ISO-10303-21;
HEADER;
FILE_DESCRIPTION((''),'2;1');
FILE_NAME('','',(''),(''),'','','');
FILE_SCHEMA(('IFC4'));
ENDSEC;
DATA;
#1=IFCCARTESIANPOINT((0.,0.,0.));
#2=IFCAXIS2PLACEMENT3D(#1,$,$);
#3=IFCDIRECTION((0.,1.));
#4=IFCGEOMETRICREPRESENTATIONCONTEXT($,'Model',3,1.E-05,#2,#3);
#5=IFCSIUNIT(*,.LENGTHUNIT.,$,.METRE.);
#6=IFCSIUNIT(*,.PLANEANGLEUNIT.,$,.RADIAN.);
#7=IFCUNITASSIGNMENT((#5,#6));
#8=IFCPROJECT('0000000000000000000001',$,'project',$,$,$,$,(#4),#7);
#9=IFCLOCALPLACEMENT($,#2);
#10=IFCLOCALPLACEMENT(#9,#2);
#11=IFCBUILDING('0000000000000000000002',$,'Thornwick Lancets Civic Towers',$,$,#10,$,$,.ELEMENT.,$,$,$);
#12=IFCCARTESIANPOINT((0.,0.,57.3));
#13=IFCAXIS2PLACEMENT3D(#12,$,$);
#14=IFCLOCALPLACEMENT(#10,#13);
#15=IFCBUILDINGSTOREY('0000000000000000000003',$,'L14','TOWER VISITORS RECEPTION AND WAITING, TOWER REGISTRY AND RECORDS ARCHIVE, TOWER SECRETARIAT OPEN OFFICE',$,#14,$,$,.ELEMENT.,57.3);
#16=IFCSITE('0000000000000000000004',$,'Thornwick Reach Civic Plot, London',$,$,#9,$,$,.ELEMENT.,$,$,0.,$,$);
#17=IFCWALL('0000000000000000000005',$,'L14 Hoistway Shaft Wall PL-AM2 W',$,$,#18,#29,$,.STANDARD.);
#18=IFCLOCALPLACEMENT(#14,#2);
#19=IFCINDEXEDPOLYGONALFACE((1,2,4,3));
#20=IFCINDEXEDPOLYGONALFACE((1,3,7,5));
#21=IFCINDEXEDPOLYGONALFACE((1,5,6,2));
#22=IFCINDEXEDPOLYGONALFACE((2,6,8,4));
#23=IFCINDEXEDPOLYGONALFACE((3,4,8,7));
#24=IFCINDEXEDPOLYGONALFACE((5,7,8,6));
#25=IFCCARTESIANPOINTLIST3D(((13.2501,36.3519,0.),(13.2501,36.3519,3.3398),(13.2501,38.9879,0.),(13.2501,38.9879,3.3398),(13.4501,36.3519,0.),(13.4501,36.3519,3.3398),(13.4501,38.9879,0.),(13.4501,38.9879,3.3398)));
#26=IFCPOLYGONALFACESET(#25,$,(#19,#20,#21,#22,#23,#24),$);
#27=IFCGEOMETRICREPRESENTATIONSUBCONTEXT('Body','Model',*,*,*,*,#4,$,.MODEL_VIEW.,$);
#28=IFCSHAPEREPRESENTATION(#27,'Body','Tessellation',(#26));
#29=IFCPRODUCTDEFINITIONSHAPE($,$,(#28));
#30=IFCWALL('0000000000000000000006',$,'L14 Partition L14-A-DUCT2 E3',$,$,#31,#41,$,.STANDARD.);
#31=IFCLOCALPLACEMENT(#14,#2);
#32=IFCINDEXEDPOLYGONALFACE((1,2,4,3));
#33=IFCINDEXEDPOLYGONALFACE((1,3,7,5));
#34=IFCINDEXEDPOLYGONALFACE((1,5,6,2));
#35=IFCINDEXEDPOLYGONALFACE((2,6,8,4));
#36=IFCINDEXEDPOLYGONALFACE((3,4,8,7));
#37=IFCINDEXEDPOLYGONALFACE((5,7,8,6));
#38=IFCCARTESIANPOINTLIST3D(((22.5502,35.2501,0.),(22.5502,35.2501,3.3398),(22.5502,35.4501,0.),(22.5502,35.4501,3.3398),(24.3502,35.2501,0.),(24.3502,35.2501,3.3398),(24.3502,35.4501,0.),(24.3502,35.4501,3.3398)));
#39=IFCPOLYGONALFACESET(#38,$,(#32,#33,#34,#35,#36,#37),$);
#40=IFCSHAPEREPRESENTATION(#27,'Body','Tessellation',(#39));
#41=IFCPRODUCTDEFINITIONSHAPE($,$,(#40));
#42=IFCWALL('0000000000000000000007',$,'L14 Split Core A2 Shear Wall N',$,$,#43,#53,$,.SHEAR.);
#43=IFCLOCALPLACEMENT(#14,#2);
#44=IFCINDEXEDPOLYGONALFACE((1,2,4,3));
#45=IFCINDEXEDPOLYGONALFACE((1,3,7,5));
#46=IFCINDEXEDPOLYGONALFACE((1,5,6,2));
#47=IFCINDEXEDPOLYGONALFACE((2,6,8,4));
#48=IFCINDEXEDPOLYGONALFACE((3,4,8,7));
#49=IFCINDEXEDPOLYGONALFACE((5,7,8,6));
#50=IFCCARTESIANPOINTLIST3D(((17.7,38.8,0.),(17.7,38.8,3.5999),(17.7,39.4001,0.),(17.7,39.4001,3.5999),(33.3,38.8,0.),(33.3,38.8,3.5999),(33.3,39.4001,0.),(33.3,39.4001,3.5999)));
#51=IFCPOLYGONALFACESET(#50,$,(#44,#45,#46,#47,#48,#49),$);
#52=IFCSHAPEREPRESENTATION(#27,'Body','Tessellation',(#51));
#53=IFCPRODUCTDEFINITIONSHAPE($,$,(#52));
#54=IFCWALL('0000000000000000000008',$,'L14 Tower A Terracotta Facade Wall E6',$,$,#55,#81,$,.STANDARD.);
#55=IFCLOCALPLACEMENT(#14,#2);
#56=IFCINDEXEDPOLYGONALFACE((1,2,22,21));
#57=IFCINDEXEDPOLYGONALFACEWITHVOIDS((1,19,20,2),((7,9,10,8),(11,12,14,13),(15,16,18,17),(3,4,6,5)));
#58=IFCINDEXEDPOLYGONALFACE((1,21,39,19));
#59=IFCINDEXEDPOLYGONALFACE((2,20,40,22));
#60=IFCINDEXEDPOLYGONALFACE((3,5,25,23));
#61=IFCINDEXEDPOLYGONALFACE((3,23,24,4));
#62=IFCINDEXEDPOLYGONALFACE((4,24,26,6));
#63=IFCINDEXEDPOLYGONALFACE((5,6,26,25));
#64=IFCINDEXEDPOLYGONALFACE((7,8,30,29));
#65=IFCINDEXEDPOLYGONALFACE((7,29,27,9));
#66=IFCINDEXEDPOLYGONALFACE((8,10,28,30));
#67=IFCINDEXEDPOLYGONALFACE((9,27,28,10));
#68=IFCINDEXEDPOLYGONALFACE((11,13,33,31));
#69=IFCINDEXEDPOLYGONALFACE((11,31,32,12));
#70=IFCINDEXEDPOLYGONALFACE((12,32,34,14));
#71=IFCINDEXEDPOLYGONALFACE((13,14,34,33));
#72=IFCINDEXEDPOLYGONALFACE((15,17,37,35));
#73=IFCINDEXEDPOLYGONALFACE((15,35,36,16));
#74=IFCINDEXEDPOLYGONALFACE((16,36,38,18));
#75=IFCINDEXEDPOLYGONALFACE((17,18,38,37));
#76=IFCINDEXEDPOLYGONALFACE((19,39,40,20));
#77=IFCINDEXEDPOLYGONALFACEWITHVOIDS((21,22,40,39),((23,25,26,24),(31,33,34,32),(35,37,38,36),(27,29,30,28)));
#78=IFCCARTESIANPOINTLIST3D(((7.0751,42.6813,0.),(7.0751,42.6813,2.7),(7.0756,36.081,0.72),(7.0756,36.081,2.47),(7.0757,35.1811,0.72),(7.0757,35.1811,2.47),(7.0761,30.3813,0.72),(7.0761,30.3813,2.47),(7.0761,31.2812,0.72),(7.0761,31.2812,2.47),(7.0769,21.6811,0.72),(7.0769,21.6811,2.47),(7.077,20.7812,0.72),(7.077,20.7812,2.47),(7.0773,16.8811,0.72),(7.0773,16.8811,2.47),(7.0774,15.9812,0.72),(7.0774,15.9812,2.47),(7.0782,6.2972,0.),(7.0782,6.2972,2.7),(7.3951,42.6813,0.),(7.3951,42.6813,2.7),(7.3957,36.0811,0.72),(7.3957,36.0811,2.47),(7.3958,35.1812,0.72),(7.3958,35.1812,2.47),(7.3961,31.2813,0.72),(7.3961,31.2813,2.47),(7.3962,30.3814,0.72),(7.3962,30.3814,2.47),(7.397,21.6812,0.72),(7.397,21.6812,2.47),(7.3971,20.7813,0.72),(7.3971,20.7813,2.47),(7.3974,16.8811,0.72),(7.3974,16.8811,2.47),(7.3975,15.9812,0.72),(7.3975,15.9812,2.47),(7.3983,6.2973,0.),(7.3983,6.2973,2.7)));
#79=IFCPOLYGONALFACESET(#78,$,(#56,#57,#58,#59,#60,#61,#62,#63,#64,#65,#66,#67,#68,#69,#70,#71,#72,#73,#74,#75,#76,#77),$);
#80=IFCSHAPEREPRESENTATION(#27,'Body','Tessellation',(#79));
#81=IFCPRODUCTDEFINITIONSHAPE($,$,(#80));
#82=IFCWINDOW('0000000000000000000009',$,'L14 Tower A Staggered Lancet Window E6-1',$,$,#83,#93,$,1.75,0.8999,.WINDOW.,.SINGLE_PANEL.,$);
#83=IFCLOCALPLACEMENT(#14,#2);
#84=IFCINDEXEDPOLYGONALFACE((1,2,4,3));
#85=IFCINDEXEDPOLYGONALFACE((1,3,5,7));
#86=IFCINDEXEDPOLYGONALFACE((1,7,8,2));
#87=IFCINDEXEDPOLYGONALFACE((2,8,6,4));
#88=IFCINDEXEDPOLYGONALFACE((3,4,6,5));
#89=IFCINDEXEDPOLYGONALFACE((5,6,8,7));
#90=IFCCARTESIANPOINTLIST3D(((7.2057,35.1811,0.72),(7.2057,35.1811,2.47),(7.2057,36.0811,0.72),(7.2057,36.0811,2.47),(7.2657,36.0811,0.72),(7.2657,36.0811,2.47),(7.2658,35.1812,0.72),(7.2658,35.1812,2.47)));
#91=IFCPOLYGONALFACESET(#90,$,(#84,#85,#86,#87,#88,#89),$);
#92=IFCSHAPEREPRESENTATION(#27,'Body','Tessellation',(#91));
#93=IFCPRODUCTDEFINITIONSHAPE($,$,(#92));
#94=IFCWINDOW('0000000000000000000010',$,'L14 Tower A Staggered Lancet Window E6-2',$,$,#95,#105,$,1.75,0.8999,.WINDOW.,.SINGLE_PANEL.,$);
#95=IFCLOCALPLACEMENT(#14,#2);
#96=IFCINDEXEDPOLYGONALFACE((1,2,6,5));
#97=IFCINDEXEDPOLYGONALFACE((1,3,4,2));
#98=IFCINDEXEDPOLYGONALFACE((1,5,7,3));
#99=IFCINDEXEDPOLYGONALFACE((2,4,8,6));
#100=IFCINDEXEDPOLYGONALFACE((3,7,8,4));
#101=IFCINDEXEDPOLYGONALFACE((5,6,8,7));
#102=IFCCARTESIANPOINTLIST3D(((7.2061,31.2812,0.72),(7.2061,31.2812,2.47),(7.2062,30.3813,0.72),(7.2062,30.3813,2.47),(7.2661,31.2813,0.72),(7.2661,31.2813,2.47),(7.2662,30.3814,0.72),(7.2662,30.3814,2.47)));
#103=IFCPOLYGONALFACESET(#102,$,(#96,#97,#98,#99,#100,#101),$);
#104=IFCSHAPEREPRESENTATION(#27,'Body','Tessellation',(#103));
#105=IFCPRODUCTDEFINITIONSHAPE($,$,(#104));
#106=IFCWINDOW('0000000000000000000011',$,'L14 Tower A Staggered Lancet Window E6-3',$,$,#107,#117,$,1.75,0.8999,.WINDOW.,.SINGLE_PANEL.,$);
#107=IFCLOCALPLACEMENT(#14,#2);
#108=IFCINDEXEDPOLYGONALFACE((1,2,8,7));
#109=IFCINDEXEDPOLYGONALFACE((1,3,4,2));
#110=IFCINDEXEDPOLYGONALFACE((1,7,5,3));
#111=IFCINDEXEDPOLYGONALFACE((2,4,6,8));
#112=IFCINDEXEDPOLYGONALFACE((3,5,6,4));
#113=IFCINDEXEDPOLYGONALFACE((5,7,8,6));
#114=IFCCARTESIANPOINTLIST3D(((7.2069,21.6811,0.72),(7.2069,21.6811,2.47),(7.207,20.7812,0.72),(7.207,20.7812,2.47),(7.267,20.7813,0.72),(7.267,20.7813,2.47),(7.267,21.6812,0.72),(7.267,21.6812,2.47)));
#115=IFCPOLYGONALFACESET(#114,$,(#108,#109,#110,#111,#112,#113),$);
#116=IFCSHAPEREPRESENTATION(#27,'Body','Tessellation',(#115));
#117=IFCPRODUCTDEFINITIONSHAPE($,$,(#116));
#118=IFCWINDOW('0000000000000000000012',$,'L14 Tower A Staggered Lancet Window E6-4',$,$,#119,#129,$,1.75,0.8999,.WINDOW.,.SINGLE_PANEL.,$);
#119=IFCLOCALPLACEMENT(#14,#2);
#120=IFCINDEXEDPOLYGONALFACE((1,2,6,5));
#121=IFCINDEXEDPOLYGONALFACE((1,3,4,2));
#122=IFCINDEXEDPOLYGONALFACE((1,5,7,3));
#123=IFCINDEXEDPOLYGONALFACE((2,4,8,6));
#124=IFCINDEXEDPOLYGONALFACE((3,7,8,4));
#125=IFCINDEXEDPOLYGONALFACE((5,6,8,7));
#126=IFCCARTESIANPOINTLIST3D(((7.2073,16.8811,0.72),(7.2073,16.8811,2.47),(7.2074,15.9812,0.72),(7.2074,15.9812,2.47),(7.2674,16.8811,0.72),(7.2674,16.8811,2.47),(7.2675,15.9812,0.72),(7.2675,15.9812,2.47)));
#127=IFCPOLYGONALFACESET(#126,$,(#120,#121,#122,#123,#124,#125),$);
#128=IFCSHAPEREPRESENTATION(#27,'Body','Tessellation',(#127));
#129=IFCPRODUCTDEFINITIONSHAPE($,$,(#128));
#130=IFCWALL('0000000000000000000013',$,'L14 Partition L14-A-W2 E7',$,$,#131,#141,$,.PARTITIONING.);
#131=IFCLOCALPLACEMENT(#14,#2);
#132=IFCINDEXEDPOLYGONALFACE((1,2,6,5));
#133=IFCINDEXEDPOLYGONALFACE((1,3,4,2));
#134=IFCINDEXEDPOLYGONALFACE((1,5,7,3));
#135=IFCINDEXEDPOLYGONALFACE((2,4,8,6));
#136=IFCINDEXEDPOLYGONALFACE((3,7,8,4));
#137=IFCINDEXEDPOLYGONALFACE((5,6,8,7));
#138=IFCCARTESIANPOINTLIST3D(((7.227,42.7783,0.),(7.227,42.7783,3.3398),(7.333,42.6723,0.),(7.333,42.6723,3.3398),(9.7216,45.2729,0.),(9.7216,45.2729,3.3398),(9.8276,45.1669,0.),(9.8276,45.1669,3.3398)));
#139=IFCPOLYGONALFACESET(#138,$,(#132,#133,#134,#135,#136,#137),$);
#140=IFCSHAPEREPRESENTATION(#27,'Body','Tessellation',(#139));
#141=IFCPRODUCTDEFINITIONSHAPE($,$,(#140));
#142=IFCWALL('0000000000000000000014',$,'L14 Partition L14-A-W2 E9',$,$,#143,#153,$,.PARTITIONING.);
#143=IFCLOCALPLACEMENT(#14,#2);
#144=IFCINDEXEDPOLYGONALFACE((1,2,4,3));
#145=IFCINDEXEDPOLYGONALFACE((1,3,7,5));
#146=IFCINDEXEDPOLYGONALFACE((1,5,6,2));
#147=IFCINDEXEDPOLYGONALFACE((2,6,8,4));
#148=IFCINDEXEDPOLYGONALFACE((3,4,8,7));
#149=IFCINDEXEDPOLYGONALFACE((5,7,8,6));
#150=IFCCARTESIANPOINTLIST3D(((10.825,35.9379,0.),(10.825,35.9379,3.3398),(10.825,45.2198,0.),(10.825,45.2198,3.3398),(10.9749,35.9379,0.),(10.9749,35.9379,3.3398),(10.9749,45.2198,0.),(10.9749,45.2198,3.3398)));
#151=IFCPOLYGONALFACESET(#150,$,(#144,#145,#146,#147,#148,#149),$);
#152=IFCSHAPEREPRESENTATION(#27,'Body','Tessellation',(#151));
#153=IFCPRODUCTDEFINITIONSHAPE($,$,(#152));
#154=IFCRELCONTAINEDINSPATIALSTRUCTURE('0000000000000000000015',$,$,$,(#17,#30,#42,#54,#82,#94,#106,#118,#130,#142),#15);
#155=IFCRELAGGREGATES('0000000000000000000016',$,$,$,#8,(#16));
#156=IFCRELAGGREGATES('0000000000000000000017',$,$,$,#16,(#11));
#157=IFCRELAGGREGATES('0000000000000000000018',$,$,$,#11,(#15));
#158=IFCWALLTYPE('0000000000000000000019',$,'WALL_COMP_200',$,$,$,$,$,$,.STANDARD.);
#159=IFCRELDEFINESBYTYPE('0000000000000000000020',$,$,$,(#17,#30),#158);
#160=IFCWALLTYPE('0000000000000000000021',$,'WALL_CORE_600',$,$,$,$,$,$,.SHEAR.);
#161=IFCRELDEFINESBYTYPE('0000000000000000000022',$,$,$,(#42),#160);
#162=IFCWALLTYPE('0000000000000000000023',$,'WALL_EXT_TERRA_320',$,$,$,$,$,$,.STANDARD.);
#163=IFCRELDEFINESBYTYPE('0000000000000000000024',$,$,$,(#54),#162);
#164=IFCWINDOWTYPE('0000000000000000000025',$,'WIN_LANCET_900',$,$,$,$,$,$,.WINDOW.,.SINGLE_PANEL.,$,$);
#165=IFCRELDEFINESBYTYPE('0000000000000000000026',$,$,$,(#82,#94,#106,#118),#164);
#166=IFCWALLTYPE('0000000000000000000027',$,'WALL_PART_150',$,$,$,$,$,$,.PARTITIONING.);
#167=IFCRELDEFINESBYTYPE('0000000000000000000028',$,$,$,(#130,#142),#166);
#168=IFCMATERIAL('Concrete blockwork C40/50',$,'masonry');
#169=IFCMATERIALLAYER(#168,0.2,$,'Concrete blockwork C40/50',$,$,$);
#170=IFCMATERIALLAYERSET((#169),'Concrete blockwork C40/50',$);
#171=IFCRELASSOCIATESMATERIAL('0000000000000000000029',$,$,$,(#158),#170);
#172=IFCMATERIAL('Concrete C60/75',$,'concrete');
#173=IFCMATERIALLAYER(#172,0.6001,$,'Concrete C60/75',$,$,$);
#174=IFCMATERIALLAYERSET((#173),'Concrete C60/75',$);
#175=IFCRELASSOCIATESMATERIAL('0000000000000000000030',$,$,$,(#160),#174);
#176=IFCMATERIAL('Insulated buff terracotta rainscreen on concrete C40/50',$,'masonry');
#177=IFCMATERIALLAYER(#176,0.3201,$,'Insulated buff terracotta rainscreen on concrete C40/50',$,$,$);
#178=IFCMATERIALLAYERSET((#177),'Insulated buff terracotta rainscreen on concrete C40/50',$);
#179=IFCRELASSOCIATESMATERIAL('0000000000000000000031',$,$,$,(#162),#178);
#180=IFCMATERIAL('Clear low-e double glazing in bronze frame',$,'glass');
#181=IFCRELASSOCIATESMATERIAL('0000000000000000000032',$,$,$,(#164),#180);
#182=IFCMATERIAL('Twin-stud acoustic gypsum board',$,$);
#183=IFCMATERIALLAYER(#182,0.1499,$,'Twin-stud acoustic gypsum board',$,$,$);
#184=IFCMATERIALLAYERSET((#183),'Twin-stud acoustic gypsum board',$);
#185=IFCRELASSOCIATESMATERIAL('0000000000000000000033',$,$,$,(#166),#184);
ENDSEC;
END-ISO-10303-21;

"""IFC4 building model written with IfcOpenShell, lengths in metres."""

from ifc_helpers import new_model, si_unit, direction, frame, frame_2d, origin, place, context, subcontext, project, spatial, rectangle, extrude, material, layer, layer_set, type_object, element, fill, save


model = new_model("IFC4")

# Units and contexts
model_context = context("Model", 3, precision=1e-05, world=origin(), true_north=direction((0.0, 1.0)))
body_context = subcontext(model_context, "Body", "Model", "MODEL_VIEW")
ifc_project = project(units=[si_unit("LENGTHUNIT", "METRE"), si_unit("PLANEANGLEUNIT", "RADIAN")], contexts=[model_context])

# Site, building, storey
site_placement = place(None, origin())
site = spatial("IfcSite", under=ifc_project, at=site_placement, Name="Thornwick Reach Civic Plot, London", CompositionType="ELEMENT", RefElevation=0.0)
building_placement = place(site_placement, origin())
building = spatial("IfcBuilding", under=site, at=building_placement, Name="Thornwick Lancets Civic Towers", CompositionType="ELEMENT")
storey_placement = place(building_placement, frame((0.0, 0.0, 57.3)))
storey = spatial("IfcBuildingStorey", under=building, at=storey_placement, Name="L14", Description="TOWER VISITORS RECEPTION AND WAITING, TOWER REGISTRY AND RECORDS ARCHIVE, TOWER SECRETARIAT OPEN OFFICE", CompositionType="ELEMENT", Elevation=57.3)

# Shared definitions
ifc_material_1 = material(Name="Concrete C60/75", Category="concrete")

# Shared definitions
ifc_material_2 = material(Name="Concrete blockwork C40/50", Category="masonry")
ifc_layer_1 = layer(ifc_material_2, 0.2, Name="Concrete blockwork C40/50")
ifc_layer_set_1 = layer_set([ifc_layer_1], Name="Concrete blockwork C40/50")
wall_type_1 = type_object("IfcWallType", Name="WALL_COMP_200", PredefinedType="STANDARD", material=ifc_layer_set_1)

# Walls
for number, where, z_axis, x_axis, name in (
    (1, (13.3501, 36.3521, 0.0), (0.0, 0.0, 1.0), (0.0, 1.0, 0.0), "L14 Hoistway Shaft Wall PL-AM2 W"),
):
    element("IfcWall", number, at=place(storey_placement, frame(where, z_axis=z_axis, x_axis=x_axis)), inside=storey, type_object=wall_type_1, Name=name, PredefinedType="STANDARD", context=body_context, shape_type="SweptSolid", body=[
        extrude(rectangle(XDim=2.636, YDim=0.2, at=frame_2d((1.3179, 0.0))), origin(), (0.0, 0.0, 1.0), 3.3398),
    ])
wall_1_placement = place(storey_placement, frame((24.3501, 35.3501, 0.0), z_axis=(0.0, 0.0, 1.0), x_axis=(-1.0, 0.0, 0.0)))
element("IfcWall", 2, at=wall_1_placement, inside=storey, type_object=wall_type_1, Name="L14 Partition L14-A-DUCT2 E3", PredefinedType="STANDARD", context=body_context, shape_type="SweptSolid", body=[
    extrude(rectangle(XDim=1.8, YDim=0.2, at=frame_2d((0.8999, 0.0))), origin(), (0.0, 0.0, 1.0), 3.3398),
])
ifc_layer_2 = layer(ifc_material_1, 0.6001, Name="Concrete C60/75")
ifc_layer_set_2 = layer_set([ifc_layer_2], Name="Concrete C60/75")
wall_type_2 = type_object("IfcWallType", Name="WALL_CORE_600", PredefinedType="SHEAR", material=ifc_layer_set_2)
wall_2_placement = place(storey_placement, frame((17.7, 39.1001, 0.0), z_axis=(0.0, 0.0, 1.0), x_axis=(1.0, 0.0, 0.0)))
element("IfcWall", 3, at=wall_2_placement, inside=storey, type_object=wall_type_2, Name="L14 Split Core A2 Shear Wall N", PredefinedType="SHEAR", context=body_context, shape_type="SweptSolid", body=[
    extrude(rectangle(XDim=15.6001, YDim=0.6001, at=frame_2d((7.8, 0.0))), origin(), (0.0, 0.0, 1.0), 3.5999),
])

# Wall, openings, windows
ifc_material_3 = material(Name="Insulated buff terracotta rainscreen on concrete C40/50", Category="masonry")
ifc_layer_3 = layer(ifc_material_3, 0.3201, Name="Insulated buff terracotta rainscreen on concrete C40/50")
ifc_layer_set_3 = layer_set([ifc_layer_3], Name="Insulated buff terracotta rainscreen on concrete C40/50")
wall_type_3 = type_object("IfcWallType", Name="WALL_EXT_TERRA_320", PredefinedType="STANDARD", material=ifc_layer_set_3)
wall_3_placement = place(storey_placement, frame((7.2351, 42.6812, 0.0), z_axis=(0.0, 0.0, 1.0), x_axis=(0.000087, -1.0, 0.0)))
wall_3 = element("IfcWall", 4, at=wall_3_placement, inside=storey, type_object=wall_type_3, Name="L14 Tower A Terracotta Facade Wall E6", PredefinedType="STANDARD", context=body_context, shape_type="SweptSolid", body=[
    extrude(rectangle(XDim=36.384, YDim=0.3201, at=frame_2d((18.1919, 0.0))), origin(), (0.0, 0.0, 1.0), 2.7),
])
opening_1_placement = place(wall_3_placement, frame((6.6001, 0.0, 0.72)))
opening_1 = element("IfcOpeningElement", 5, at=opening_1_placement, cuts=wall_3, PredefinedType="OPENING", context=body_context, shape_type="SweptSolid", body=[
    extrude(rectangle(XDim=0.8999, YDim=1.75, at=frame_2d((0.45, 0.875))), frame((0.0, 0.1699, 0.0), z_axis=(0.0, -1.0, 0.0), x_axis=(1.0, 0.0, 0.0)), (0.0, 0.0, 1.0), 0.3401),
])
opening_2_placement = place(wall_3_placement, frame((11.3999, 0.0, 0.72)))
opening_2 = element("IfcOpeningElement", 6, at=opening_2_placement, cuts=wall_3, PredefinedType="OPENING", context=body_context, shape_type="SweptSolid", body=[
    extrude(rectangle(XDim=0.8999, YDim=1.75, at=frame_2d((0.45, 0.875))), frame((0.0, 0.1699, 0.0), z_axis=(0.0, -1.0, 0.0), x_axis=(1.0, 0.0, 0.0)), (0.0, 0.0, 1.0), 0.3401),
])
opening_3_placement = place(wall_3_placement, frame((21.0, 0.0, 0.72)))
opening_3 = element("IfcOpeningElement", 7, at=opening_3_placement, cuts=wall_3, PredefinedType="OPENING", context=body_context, shape_type="SweptSolid", body=[
    extrude(rectangle(XDim=0.8999, YDim=1.75, at=frame_2d((0.45, 0.875))), frame((0.0, 0.1699, 0.0), z_axis=(0.0, -1.0, 0.0), x_axis=(1.0, 0.0, 0.0)), (0.0, 0.0, 1.0), 0.3401),
])
opening_4_placement = place(wall_3_placement, frame((25.8, 0.0, 0.72)))
opening_4 = element("IfcOpeningElement", 8, at=opening_4_placement, cuts=wall_3, PredefinedType="OPENING", context=body_context, shape_type="SweptSolid", body=[
    extrude(rectangle(XDim=0.8999, YDim=1.75, at=frame_2d((0.45, 0.875))), frame((0.0, 0.1699, 0.0), z_axis=(0.0, -1.0, 0.0), x_axis=(1.0, 0.0, 0.0)), (0.0, 0.0, 1.0), 0.3401),
])
ifc_material_4 = material(Name="Clear low-e double glazing in bronze frame", Category="glass")
window_type = type_object("IfcWindowType", Name="WIN_LANCET_900", PartitioningType="SINGLE_PANEL", PredefinedType="WINDOW", material=ifc_material_4)
window_1_placement = place(opening_1_placement, origin())
window_1 = element("IfcWindow", 9, at=window_1_placement, inside=storey, type_object=window_type, Name="L14 Tower A Staggered Lancet Window E6-1", OverallHeight=1.75, OverallWidth=0.8999, PartitioningType="SINGLE_PANEL", PredefinedType="WINDOW", context=body_context, shape_type="SweptSolid", body=[
    extrude(rectangle(XDim=0.8999, YDim=1.75, at=frame_2d((0.45, 0.875))), frame((0.0, 0.03, 0.0), z_axis=(0.0, -1.0, 0.0), x_axis=(1.0, 0.0, 0.0)), (0.0, 0.0, 1.0), 0.0601),
])
fill(opening_1, window_1)
window_2_placement = place(opening_2_placement, origin())
window_2 = element("IfcWindow", 10, at=window_2_placement, inside=storey, type_object=window_type, Name="L14 Tower A Staggered Lancet Window E6-2", OverallHeight=1.75, OverallWidth=0.8999, PartitioningType="SINGLE_PANEL", PredefinedType="WINDOW", context=body_context, shape_type="SweptSolid", body=[
    extrude(rectangle(XDim=0.8999, YDim=1.75, at=frame_2d((0.45, 0.875))), frame((0.0, 0.03, 0.0), z_axis=(0.0, -1.0, 0.0), x_axis=(1.0, 0.0, 0.0)), (0.0, 0.0, 1.0), 0.0601),
])
fill(opening_2, window_2)
window_3_placement = place(opening_3_placement, origin())
window_3 = element("IfcWindow", 11, at=window_3_placement, inside=storey, type_object=window_type, Name="L14 Tower A Staggered Lancet Window E6-3", OverallHeight=1.75, OverallWidth=0.8999, PartitioningType="SINGLE_PANEL", PredefinedType="WINDOW", context=body_context, shape_type="SweptSolid", body=[
    extrude(rectangle(XDim=0.8999, YDim=1.75, at=frame_2d((0.45, 0.875))), frame((0.0, 0.03, 0.0), z_axis=(0.0, -1.0, 0.0), x_axis=(1.0, 0.0, 0.0)), (0.0, 0.0, 1.0), 0.0601),
])
fill(opening_3, window_3)
window_4_placement = place(opening_4_placement, origin())
window_4 = element("IfcWindow", 12, at=window_4_placement, inside=storey, type_object=window_type, Name="L14 Tower A Staggered Lancet Window E6-4", OverallHeight=1.75, OverallWidth=0.8999, PartitioningType="SINGLE_PANEL", PredefinedType="WINDOW", context=body_context, shape_type="SweptSolid", body=[
    extrude(rectangle(XDim=0.8999, YDim=1.75, at=frame_2d((0.45, 0.875))), frame((0.0, 0.03, 0.0), z_axis=(0.0, -1.0, 0.0), x_axis=(1.0, 0.0, 0.0)), (0.0, 0.0, 1.0), 0.0601),
])
fill(opening_4, window_4)

# Walls
ifc_material_5 = material(Name="Twin-stud acoustic gypsum board")
ifc_layer_4 = layer(ifc_material_5, 0.1499, Name="Twin-stud acoustic gypsum board")
ifc_layer_set_4 = layer_set([ifc_layer_4], Name="Twin-stud acoustic gypsum board")
wall_type_4 = type_object("IfcWallType", Name="WALL_PART_150", PredefinedType="PARTITIONING", material=ifc_layer_set_4)
wall_4_placement = place(storey_placement, frame((7.28, 42.7253, 0.0), z_axis=(0.0, 0.0, 1.0), x_axis=(0.707107, 0.707107, 0.0)))
element("IfcWall", 13, at=wall_4_placement, inside=storey, type_object=wall_type_4, Name="L14 Partition L14-A-W2 E7", PredefinedType="PARTITIONING", context=body_context, shape_type="SweptSolid", body=[
    extrude(rectangle(XDim=3.5278, YDim=0.1499, at=frame_2d((1.7639, 0.0))), origin(), (0.0, 0.0, 1.0), 3.3398),
])
wall_5_placement = place(storey_placement, frame((10.8999, 45.22, 0.0), z_axis=(0.0, 0.0, 1.0), x_axis=(0.0, -1.0, 0.0)))
element("IfcWall", 14, at=wall_5_placement, inside=storey, type_object=wall_type_4, Name="L14 Partition L14-A-W2 E9", PredefinedType="PARTITIONING", context=body_context, shape_type="SweptSolid", body=[
    extrude(rectangle(XDim=9.282, YDim=0.1499, at=frame_2d((4.6411, 0.0))), origin(), (0.0, 0.0, 1.0), 3.3398),
])

save(model, "model.ifc")
